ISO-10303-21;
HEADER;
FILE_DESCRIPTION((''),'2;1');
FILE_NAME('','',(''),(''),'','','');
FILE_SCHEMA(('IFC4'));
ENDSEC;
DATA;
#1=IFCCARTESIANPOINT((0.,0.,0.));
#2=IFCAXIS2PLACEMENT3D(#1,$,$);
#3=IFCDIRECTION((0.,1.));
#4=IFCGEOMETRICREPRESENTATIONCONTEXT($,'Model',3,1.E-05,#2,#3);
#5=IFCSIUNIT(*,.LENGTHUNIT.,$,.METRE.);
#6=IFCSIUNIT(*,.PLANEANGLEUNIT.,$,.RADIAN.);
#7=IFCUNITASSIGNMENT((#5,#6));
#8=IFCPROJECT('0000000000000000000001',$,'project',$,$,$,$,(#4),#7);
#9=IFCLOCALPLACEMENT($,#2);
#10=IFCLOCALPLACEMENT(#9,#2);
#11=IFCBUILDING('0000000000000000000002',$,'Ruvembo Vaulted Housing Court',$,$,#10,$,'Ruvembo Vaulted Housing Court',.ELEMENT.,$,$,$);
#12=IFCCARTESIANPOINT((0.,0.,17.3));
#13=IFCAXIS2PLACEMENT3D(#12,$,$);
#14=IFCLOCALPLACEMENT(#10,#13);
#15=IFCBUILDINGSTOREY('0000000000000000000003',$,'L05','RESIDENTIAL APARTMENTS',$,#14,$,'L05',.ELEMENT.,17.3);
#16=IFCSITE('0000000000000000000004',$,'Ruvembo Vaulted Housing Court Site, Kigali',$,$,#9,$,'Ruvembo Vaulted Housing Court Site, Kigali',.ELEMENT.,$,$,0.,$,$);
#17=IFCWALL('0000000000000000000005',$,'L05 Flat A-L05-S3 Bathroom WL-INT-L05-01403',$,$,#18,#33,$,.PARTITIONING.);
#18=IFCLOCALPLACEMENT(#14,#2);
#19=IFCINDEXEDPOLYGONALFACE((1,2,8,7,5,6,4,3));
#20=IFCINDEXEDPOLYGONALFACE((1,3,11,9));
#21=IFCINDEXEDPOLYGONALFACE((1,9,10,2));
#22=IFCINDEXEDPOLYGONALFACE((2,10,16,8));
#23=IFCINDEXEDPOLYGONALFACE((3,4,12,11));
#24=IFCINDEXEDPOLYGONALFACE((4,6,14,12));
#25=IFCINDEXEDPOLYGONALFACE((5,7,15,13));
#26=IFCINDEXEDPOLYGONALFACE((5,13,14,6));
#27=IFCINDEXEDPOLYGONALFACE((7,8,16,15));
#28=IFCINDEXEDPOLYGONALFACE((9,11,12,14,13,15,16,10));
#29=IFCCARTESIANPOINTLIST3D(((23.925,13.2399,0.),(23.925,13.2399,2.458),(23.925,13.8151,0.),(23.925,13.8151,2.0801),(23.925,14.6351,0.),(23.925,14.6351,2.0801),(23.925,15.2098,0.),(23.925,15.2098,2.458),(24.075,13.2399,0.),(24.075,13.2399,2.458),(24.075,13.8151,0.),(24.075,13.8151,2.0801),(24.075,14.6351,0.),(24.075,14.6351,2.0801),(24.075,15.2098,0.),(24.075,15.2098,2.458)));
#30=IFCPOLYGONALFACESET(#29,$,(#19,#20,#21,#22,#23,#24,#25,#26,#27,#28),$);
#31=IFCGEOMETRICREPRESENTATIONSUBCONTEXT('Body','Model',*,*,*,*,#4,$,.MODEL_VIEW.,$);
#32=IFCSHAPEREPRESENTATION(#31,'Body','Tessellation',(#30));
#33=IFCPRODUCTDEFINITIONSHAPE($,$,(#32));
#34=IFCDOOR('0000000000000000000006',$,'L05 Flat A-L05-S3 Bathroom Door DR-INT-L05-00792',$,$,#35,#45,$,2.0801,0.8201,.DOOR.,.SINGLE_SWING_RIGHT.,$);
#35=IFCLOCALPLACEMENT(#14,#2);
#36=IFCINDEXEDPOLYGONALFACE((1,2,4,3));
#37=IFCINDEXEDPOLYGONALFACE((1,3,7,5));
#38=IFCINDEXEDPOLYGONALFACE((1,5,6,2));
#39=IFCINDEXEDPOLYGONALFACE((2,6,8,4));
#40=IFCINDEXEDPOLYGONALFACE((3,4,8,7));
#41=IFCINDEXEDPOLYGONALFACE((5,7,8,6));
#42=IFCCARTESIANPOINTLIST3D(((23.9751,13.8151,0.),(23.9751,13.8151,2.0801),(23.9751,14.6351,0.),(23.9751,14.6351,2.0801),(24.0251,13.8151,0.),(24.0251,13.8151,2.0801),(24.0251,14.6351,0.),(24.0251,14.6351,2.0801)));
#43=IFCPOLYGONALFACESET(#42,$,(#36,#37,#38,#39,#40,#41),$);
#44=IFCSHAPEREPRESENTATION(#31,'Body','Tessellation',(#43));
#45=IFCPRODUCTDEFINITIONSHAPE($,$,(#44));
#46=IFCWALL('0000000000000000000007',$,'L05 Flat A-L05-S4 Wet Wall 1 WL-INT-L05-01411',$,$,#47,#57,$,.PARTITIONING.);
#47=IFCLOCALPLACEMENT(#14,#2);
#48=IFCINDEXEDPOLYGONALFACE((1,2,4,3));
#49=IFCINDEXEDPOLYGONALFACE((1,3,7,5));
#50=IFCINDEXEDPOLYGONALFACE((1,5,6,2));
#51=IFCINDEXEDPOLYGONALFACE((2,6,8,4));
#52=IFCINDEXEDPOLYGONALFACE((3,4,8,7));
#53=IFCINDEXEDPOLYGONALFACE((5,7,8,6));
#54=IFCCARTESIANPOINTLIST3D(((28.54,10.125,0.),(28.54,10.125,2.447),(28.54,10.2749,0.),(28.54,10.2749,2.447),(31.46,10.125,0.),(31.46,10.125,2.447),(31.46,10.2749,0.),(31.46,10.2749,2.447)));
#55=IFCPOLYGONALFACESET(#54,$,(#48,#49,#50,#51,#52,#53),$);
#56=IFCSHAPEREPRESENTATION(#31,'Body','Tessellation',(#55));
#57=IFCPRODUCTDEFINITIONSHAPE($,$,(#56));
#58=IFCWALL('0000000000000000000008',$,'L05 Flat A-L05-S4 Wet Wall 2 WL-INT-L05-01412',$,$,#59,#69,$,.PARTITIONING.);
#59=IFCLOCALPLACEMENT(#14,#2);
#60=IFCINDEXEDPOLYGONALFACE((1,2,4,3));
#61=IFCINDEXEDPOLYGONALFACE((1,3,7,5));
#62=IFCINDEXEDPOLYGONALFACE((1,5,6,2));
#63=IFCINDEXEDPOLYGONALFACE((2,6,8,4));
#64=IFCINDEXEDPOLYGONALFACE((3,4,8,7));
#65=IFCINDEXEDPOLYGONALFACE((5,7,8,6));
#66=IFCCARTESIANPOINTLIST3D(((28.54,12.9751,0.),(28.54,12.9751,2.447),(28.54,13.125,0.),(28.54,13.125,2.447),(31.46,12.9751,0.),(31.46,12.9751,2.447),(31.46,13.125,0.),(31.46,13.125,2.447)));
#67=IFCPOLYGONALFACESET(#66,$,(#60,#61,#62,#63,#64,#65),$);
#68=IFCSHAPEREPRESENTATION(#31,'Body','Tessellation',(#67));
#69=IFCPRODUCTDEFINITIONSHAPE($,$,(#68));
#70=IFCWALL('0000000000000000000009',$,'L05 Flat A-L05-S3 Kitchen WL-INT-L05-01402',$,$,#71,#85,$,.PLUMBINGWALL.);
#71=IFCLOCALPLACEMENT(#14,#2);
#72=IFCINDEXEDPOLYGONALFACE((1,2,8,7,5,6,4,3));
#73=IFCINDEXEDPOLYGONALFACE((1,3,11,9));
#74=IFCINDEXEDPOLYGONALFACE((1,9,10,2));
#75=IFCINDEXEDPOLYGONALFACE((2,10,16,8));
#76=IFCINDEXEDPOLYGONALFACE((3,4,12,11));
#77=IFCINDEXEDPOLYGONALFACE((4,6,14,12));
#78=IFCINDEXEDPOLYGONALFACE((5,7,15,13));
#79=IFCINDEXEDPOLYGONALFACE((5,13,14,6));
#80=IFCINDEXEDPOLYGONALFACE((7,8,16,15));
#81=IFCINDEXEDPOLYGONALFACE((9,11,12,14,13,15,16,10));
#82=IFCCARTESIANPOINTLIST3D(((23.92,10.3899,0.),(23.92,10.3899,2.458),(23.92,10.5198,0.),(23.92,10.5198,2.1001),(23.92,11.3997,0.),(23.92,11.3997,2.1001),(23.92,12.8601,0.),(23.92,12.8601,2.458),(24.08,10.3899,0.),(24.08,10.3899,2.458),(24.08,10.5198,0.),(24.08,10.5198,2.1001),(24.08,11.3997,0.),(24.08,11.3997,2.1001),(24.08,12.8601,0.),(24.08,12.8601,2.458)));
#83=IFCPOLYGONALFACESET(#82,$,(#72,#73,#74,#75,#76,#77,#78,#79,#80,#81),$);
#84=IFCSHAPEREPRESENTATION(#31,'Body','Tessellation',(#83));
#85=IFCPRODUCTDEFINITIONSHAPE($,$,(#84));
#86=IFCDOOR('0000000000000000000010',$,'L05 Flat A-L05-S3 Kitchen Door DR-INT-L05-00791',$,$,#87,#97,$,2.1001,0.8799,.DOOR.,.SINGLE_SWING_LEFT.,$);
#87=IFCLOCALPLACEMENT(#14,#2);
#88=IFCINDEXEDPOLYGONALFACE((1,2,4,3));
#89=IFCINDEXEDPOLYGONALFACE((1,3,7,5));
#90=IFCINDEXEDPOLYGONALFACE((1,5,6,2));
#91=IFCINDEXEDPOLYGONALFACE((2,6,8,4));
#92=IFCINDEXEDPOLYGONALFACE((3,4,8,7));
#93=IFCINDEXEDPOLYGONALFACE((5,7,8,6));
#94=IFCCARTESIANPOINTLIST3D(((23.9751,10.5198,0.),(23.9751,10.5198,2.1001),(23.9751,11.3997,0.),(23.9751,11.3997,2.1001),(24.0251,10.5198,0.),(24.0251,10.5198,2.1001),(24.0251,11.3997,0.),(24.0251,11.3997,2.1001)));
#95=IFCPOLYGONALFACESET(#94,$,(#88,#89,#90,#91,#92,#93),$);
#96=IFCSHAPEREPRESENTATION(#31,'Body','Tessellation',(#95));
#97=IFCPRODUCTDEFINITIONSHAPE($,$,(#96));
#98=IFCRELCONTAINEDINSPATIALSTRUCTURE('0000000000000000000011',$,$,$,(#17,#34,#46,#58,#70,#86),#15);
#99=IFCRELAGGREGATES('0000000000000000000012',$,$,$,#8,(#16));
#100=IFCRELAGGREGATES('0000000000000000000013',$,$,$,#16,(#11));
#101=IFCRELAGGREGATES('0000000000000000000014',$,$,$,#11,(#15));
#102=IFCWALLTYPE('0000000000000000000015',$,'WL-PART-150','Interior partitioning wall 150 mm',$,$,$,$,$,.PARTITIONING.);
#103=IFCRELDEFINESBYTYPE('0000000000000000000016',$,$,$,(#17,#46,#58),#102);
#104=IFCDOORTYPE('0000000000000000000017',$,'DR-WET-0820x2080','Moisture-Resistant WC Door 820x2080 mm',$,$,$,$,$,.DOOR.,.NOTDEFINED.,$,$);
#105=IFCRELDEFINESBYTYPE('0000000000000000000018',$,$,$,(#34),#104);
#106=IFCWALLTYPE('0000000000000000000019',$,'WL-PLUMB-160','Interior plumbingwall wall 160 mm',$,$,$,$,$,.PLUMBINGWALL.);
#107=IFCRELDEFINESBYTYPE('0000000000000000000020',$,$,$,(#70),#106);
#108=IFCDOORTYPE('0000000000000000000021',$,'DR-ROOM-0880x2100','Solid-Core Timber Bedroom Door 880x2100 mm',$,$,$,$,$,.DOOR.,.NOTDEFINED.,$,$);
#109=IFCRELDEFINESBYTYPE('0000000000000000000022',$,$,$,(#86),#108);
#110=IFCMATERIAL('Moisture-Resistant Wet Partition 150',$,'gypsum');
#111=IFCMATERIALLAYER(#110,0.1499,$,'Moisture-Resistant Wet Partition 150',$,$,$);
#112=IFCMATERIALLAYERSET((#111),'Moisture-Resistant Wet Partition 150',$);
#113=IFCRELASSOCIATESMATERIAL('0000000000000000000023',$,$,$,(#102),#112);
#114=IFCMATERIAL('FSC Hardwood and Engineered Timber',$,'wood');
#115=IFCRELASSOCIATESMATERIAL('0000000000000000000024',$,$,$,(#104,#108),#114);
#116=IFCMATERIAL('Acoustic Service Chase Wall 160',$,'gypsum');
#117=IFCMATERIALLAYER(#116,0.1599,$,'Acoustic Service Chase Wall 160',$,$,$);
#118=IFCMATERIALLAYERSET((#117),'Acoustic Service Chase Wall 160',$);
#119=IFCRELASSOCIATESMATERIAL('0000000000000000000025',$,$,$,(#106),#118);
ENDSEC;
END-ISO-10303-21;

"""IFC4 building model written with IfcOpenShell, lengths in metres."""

from ifc_helpers import new_model, si_unit, direction, frame, frame_2d, origin, place, context, subcontext, project, spatial, rectangle, extrude, material, layer, layer_set, type_object, element, fill, save


model = new_model("IFC4")

# Units and contexts
model_context = context("Model", 3, precision=1e-05, world=origin(), true_north=direction((0.0, 1.0)))
body_context = subcontext(model_context, "Body", "Model", "MODEL_VIEW")
ifc_project = project(units=[si_unit("LENGTHUNIT", "METRE"), si_unit("PLANEANGLEUNIT", "RADIAN")], contexts=[model_context])

# Site, building, storey
site_placement = place(None, origin())
site = spatial("IfcSite", under=ifc_project, at=site_placement, Name="Ruvembo Vaulted Housing Court Site, Kigali", LongName="Ruvembo Vaulted Housing Court Site, Kigali", CompositionType="ELEMENT", RefElevation=0.0)
building_placement = place(site_placement, origin())
building = spatial("IfcBuilding", under=site, at=building_placement, Name="Ruvembo Vaulted Housing Court", LongName="Ruvembo Vaulted Housing Court", CompositionType="ELEMENT")
storey_placement = place(building_placement, frame((0.0, 0.0, 17.3)))
storey = spatial("IfcBuildingStorey", under=building, at=storey_placement, Name="L05", Description="RESIDENTIAL APARTMENTS", LongName="L05", CompositionType="ELEMENT", Elevation=17.3)

# Shared definitions
ifc_material_1 = material(Name="FSC Hardwood and Engineered Timber", Category="wood")

# Wall, opening, door
ifc_material_2 = material(Name="Moisture-Resistant Wet Partition 150", Category="gypsum")
ifc_layer_1 = layer(ifc_material_2, 0.1499, Name="Moisture-Resistant Wet Partition 150")
ifc_layer_set_1 = layer_set([ifc_layer_1], Name="Moisture-Resistant Wet Partition 150")
wall_type_1 = type_object("IfcWallType", Name="WL-PART-150", Description="Interior partitioning wall 150 mm", PredefinedType="PARTITIONING", material=ifc_layer_set_1)
wall_1_placement = place(storey_placement, frame((24.0, 13.24, 0.0), z_axis=(0.0, 0.0, 1.0), x_axis=(0.0, 1.0, 0.0)))
wall_1 = element("IfcWall", 1, at=wall_1_placement, inside=storey, type_object=wall_type_1, Name="L05 Flat A-L05-S3 Bathroom WL-INT-L05-01403", PredefinedType="PARTITIONING", context=body_context, shape_type="SweptSolid", body=[
    extrude(rectangle(XDim=1.97, YDim=0.1499, at=frame_2d((0.9849, 0.0))), origin(), (0.0, 0.0, 1.0), 2.458),
])
opening_1_placement = place(wall_1_placement, frame((0.575, 0.0, 0.0)))
opening_1 = element("IfcOpeningElement", 2, at=opening_1_placement, cuts=wall_1, PredefinedType="OPENING", context=body_context, shape_type="SweptSolid", body=[
    extrude(rectangle(XDim=0.8201, YDim=2.0801, at=frame_2d((0.4102, 1.04))), frame((0.0, 0.085, 0.0), z_axis=(0.0, -1.0, 0.0), x_axis=(1.0, 0.0, 0.0)), (0.0, 0.0, 1.0), 0.1699),
])
door_type_1 = type_object("IfcDoorType", Name="DR-WET-0820x2080", Description="Moisture-Resistant WC Door 820x2080 mm", OperationType="NOTDEFINED", PredefinedType="DOOR", material=ifc_material_1)
door_1_placement = place(opening_1_placement, origin())
door_1 = element("IfcDoor", 3, at=door_1_placement, inside=storey, type_object=door_type_1, Name="L05 Flat A-L05-S3 Bathroom Door DR-INT-L05-00792", OperationType="SINGLE_SWING_RIGHT", OverallHeight=2.0801, OverallWidth=0.8201, PredefinedType="DOOR", context=body_context, shape_type="SweptSolid", body=[
    extrude(rectangle(XDim=0.8201, YDim=2.0801, at=frame_2d((0.4102, 1.04))), frame((0.0, 0.0249, 0.0), z_axis=(0.0, -1.0, 0.0), x_axis=(1.0, 0.0, 0.0)), (0.0, 0.0, 1.0), 0.05),
])
fill(opening_1, door_1)

# Walls
for number, where, z_axis, x_axis, name in (
    (4, (28.54, 10.2, 0.0), (0.0, 0.0, 1.0), (1.0, 0.0, 0.0), "L05 Flat A-L05-S4 Wet Wall 1 WL-INT-L05-01411"),
    (5, (28.54, 13.05, 0.0), (0.0, 0.0, 1.0), (1.0, 0.0, 0.0), "L05 Flat A-L05-S4 Wet Wall 2 WL-INT-L05-01412"),
):
    element("IfcWall", number, at=place(storey_placement, frame(where, z_axis=z_axis, x_axis=x_axis)), inside=storey, type_object=wall_type_1, Name=name, PredefinedType="PARTITIONING", context=body_context, shape_type="SweptSolid", body=[
        extrude(rectangle(XDim=2.9199, YDim=0.1499, at=frame_2d((1.46, 0.0))), origin(), (0.0, 0.0, 1.0), 2.447),
    ])

# Wall, opening, door
ifc_material_3 = material(Name="Acoustic Service Chase Wall 160", Category="gypsum")
ifc_layer_2 = layer(ifc_material_3, 0.1599, Name="Acoustic Service Chase Wall 160")
ifc_layer_set_2 = layer_set([ifc_layer_2], Name="Acoustic Service Chase Wall 160")
wall_type_2 = type_object("IfcWallType", Name="WL-PLUMB-160", Description="Interior plumbingwall wall 160 mm", PredefinedType="PLUMBINGWALL", material=ifc_layer_set_2)
wall_2_placement = place(storey_placement, frame((24.0, 10.3899, 0.0), z_axis=(0.0, 0.0, 1.0), x_axis=(0.0, 1.0, 0.0)))
wall_2 = element("IfcWall", 6, at=wall_2_placement, inside=storey, type_object=wall_type_2, Name="L05 Flat A-L05-S3 Kitchen WL-INT-L05-01402", PredefinedType="PLUMBINGWALL", context=body_context, shape_type="SweptSolid", body=[
    extrude(rectangle(XDim=2.4702, YDim=0.1599, at=frame_2d((1.2351, 0.0))), origin(), (0.0, 0.0, 1.0), 2.458),
])
opening_2_placement = place(wall_2_placement, frame((0.1299, 0.0, 0.0)))
opening_2 = element("IfcOpeningElement", 7, at=opening_2_placement, cuts=wall_2, PredefinedType="OPENING", context=body_context, shape_type="SweptSolid", body=[
    extrude(rectangle(XDim=0.8799, YDim=2.1001, at=frame_2d((0.4399, 1.05))), frame((0.0, 0.0898, 0.0), z_axis=(0.0, -1.0, 0.0), x_axis=(1.0, 0.0, 0.0)), (0.0, 0.0, 1.0), 0.1799),
])
door_type_2 = type_object("IfcDoorType", Name="DR-ROOM-0880x2100", Description="Solid-Core Timber Bedroom Door 880x2100 mm", OperationType="NOTDEFINED", PredefinedType="DOOR", material=ifc_material_1)
door_2_placement = place(opening_2_placement, origin())
door_2 = element("IfcDoor", 8, at=door_2_placement, inside=storey, type_object=door_type_2, Name="L05 Flat A-L05-S3 Kitchen Door DR-INT-L05-00791", OperationType="SINGLE_SWING_LEFT", OverallHeight=2.1001, OverallWidth=0.8799, PredefinedType="DOOR", context=body_context, shape_type="SweptSolid", body=[
    extrude(rectangle(XDim=0.8799, YDim=2.1001, at=frame_2d((0.4399, 1.05))), frame((0.0, 0.0249, 0.0), z_axis=(0.0, -1.0, 0.0), x_axis=(1.0, 0.0, 0.0)), (0.0, 0.0, 1.0), 0.05),
])
fill(opening_2, door_2)

save(model, "model.ifc")
